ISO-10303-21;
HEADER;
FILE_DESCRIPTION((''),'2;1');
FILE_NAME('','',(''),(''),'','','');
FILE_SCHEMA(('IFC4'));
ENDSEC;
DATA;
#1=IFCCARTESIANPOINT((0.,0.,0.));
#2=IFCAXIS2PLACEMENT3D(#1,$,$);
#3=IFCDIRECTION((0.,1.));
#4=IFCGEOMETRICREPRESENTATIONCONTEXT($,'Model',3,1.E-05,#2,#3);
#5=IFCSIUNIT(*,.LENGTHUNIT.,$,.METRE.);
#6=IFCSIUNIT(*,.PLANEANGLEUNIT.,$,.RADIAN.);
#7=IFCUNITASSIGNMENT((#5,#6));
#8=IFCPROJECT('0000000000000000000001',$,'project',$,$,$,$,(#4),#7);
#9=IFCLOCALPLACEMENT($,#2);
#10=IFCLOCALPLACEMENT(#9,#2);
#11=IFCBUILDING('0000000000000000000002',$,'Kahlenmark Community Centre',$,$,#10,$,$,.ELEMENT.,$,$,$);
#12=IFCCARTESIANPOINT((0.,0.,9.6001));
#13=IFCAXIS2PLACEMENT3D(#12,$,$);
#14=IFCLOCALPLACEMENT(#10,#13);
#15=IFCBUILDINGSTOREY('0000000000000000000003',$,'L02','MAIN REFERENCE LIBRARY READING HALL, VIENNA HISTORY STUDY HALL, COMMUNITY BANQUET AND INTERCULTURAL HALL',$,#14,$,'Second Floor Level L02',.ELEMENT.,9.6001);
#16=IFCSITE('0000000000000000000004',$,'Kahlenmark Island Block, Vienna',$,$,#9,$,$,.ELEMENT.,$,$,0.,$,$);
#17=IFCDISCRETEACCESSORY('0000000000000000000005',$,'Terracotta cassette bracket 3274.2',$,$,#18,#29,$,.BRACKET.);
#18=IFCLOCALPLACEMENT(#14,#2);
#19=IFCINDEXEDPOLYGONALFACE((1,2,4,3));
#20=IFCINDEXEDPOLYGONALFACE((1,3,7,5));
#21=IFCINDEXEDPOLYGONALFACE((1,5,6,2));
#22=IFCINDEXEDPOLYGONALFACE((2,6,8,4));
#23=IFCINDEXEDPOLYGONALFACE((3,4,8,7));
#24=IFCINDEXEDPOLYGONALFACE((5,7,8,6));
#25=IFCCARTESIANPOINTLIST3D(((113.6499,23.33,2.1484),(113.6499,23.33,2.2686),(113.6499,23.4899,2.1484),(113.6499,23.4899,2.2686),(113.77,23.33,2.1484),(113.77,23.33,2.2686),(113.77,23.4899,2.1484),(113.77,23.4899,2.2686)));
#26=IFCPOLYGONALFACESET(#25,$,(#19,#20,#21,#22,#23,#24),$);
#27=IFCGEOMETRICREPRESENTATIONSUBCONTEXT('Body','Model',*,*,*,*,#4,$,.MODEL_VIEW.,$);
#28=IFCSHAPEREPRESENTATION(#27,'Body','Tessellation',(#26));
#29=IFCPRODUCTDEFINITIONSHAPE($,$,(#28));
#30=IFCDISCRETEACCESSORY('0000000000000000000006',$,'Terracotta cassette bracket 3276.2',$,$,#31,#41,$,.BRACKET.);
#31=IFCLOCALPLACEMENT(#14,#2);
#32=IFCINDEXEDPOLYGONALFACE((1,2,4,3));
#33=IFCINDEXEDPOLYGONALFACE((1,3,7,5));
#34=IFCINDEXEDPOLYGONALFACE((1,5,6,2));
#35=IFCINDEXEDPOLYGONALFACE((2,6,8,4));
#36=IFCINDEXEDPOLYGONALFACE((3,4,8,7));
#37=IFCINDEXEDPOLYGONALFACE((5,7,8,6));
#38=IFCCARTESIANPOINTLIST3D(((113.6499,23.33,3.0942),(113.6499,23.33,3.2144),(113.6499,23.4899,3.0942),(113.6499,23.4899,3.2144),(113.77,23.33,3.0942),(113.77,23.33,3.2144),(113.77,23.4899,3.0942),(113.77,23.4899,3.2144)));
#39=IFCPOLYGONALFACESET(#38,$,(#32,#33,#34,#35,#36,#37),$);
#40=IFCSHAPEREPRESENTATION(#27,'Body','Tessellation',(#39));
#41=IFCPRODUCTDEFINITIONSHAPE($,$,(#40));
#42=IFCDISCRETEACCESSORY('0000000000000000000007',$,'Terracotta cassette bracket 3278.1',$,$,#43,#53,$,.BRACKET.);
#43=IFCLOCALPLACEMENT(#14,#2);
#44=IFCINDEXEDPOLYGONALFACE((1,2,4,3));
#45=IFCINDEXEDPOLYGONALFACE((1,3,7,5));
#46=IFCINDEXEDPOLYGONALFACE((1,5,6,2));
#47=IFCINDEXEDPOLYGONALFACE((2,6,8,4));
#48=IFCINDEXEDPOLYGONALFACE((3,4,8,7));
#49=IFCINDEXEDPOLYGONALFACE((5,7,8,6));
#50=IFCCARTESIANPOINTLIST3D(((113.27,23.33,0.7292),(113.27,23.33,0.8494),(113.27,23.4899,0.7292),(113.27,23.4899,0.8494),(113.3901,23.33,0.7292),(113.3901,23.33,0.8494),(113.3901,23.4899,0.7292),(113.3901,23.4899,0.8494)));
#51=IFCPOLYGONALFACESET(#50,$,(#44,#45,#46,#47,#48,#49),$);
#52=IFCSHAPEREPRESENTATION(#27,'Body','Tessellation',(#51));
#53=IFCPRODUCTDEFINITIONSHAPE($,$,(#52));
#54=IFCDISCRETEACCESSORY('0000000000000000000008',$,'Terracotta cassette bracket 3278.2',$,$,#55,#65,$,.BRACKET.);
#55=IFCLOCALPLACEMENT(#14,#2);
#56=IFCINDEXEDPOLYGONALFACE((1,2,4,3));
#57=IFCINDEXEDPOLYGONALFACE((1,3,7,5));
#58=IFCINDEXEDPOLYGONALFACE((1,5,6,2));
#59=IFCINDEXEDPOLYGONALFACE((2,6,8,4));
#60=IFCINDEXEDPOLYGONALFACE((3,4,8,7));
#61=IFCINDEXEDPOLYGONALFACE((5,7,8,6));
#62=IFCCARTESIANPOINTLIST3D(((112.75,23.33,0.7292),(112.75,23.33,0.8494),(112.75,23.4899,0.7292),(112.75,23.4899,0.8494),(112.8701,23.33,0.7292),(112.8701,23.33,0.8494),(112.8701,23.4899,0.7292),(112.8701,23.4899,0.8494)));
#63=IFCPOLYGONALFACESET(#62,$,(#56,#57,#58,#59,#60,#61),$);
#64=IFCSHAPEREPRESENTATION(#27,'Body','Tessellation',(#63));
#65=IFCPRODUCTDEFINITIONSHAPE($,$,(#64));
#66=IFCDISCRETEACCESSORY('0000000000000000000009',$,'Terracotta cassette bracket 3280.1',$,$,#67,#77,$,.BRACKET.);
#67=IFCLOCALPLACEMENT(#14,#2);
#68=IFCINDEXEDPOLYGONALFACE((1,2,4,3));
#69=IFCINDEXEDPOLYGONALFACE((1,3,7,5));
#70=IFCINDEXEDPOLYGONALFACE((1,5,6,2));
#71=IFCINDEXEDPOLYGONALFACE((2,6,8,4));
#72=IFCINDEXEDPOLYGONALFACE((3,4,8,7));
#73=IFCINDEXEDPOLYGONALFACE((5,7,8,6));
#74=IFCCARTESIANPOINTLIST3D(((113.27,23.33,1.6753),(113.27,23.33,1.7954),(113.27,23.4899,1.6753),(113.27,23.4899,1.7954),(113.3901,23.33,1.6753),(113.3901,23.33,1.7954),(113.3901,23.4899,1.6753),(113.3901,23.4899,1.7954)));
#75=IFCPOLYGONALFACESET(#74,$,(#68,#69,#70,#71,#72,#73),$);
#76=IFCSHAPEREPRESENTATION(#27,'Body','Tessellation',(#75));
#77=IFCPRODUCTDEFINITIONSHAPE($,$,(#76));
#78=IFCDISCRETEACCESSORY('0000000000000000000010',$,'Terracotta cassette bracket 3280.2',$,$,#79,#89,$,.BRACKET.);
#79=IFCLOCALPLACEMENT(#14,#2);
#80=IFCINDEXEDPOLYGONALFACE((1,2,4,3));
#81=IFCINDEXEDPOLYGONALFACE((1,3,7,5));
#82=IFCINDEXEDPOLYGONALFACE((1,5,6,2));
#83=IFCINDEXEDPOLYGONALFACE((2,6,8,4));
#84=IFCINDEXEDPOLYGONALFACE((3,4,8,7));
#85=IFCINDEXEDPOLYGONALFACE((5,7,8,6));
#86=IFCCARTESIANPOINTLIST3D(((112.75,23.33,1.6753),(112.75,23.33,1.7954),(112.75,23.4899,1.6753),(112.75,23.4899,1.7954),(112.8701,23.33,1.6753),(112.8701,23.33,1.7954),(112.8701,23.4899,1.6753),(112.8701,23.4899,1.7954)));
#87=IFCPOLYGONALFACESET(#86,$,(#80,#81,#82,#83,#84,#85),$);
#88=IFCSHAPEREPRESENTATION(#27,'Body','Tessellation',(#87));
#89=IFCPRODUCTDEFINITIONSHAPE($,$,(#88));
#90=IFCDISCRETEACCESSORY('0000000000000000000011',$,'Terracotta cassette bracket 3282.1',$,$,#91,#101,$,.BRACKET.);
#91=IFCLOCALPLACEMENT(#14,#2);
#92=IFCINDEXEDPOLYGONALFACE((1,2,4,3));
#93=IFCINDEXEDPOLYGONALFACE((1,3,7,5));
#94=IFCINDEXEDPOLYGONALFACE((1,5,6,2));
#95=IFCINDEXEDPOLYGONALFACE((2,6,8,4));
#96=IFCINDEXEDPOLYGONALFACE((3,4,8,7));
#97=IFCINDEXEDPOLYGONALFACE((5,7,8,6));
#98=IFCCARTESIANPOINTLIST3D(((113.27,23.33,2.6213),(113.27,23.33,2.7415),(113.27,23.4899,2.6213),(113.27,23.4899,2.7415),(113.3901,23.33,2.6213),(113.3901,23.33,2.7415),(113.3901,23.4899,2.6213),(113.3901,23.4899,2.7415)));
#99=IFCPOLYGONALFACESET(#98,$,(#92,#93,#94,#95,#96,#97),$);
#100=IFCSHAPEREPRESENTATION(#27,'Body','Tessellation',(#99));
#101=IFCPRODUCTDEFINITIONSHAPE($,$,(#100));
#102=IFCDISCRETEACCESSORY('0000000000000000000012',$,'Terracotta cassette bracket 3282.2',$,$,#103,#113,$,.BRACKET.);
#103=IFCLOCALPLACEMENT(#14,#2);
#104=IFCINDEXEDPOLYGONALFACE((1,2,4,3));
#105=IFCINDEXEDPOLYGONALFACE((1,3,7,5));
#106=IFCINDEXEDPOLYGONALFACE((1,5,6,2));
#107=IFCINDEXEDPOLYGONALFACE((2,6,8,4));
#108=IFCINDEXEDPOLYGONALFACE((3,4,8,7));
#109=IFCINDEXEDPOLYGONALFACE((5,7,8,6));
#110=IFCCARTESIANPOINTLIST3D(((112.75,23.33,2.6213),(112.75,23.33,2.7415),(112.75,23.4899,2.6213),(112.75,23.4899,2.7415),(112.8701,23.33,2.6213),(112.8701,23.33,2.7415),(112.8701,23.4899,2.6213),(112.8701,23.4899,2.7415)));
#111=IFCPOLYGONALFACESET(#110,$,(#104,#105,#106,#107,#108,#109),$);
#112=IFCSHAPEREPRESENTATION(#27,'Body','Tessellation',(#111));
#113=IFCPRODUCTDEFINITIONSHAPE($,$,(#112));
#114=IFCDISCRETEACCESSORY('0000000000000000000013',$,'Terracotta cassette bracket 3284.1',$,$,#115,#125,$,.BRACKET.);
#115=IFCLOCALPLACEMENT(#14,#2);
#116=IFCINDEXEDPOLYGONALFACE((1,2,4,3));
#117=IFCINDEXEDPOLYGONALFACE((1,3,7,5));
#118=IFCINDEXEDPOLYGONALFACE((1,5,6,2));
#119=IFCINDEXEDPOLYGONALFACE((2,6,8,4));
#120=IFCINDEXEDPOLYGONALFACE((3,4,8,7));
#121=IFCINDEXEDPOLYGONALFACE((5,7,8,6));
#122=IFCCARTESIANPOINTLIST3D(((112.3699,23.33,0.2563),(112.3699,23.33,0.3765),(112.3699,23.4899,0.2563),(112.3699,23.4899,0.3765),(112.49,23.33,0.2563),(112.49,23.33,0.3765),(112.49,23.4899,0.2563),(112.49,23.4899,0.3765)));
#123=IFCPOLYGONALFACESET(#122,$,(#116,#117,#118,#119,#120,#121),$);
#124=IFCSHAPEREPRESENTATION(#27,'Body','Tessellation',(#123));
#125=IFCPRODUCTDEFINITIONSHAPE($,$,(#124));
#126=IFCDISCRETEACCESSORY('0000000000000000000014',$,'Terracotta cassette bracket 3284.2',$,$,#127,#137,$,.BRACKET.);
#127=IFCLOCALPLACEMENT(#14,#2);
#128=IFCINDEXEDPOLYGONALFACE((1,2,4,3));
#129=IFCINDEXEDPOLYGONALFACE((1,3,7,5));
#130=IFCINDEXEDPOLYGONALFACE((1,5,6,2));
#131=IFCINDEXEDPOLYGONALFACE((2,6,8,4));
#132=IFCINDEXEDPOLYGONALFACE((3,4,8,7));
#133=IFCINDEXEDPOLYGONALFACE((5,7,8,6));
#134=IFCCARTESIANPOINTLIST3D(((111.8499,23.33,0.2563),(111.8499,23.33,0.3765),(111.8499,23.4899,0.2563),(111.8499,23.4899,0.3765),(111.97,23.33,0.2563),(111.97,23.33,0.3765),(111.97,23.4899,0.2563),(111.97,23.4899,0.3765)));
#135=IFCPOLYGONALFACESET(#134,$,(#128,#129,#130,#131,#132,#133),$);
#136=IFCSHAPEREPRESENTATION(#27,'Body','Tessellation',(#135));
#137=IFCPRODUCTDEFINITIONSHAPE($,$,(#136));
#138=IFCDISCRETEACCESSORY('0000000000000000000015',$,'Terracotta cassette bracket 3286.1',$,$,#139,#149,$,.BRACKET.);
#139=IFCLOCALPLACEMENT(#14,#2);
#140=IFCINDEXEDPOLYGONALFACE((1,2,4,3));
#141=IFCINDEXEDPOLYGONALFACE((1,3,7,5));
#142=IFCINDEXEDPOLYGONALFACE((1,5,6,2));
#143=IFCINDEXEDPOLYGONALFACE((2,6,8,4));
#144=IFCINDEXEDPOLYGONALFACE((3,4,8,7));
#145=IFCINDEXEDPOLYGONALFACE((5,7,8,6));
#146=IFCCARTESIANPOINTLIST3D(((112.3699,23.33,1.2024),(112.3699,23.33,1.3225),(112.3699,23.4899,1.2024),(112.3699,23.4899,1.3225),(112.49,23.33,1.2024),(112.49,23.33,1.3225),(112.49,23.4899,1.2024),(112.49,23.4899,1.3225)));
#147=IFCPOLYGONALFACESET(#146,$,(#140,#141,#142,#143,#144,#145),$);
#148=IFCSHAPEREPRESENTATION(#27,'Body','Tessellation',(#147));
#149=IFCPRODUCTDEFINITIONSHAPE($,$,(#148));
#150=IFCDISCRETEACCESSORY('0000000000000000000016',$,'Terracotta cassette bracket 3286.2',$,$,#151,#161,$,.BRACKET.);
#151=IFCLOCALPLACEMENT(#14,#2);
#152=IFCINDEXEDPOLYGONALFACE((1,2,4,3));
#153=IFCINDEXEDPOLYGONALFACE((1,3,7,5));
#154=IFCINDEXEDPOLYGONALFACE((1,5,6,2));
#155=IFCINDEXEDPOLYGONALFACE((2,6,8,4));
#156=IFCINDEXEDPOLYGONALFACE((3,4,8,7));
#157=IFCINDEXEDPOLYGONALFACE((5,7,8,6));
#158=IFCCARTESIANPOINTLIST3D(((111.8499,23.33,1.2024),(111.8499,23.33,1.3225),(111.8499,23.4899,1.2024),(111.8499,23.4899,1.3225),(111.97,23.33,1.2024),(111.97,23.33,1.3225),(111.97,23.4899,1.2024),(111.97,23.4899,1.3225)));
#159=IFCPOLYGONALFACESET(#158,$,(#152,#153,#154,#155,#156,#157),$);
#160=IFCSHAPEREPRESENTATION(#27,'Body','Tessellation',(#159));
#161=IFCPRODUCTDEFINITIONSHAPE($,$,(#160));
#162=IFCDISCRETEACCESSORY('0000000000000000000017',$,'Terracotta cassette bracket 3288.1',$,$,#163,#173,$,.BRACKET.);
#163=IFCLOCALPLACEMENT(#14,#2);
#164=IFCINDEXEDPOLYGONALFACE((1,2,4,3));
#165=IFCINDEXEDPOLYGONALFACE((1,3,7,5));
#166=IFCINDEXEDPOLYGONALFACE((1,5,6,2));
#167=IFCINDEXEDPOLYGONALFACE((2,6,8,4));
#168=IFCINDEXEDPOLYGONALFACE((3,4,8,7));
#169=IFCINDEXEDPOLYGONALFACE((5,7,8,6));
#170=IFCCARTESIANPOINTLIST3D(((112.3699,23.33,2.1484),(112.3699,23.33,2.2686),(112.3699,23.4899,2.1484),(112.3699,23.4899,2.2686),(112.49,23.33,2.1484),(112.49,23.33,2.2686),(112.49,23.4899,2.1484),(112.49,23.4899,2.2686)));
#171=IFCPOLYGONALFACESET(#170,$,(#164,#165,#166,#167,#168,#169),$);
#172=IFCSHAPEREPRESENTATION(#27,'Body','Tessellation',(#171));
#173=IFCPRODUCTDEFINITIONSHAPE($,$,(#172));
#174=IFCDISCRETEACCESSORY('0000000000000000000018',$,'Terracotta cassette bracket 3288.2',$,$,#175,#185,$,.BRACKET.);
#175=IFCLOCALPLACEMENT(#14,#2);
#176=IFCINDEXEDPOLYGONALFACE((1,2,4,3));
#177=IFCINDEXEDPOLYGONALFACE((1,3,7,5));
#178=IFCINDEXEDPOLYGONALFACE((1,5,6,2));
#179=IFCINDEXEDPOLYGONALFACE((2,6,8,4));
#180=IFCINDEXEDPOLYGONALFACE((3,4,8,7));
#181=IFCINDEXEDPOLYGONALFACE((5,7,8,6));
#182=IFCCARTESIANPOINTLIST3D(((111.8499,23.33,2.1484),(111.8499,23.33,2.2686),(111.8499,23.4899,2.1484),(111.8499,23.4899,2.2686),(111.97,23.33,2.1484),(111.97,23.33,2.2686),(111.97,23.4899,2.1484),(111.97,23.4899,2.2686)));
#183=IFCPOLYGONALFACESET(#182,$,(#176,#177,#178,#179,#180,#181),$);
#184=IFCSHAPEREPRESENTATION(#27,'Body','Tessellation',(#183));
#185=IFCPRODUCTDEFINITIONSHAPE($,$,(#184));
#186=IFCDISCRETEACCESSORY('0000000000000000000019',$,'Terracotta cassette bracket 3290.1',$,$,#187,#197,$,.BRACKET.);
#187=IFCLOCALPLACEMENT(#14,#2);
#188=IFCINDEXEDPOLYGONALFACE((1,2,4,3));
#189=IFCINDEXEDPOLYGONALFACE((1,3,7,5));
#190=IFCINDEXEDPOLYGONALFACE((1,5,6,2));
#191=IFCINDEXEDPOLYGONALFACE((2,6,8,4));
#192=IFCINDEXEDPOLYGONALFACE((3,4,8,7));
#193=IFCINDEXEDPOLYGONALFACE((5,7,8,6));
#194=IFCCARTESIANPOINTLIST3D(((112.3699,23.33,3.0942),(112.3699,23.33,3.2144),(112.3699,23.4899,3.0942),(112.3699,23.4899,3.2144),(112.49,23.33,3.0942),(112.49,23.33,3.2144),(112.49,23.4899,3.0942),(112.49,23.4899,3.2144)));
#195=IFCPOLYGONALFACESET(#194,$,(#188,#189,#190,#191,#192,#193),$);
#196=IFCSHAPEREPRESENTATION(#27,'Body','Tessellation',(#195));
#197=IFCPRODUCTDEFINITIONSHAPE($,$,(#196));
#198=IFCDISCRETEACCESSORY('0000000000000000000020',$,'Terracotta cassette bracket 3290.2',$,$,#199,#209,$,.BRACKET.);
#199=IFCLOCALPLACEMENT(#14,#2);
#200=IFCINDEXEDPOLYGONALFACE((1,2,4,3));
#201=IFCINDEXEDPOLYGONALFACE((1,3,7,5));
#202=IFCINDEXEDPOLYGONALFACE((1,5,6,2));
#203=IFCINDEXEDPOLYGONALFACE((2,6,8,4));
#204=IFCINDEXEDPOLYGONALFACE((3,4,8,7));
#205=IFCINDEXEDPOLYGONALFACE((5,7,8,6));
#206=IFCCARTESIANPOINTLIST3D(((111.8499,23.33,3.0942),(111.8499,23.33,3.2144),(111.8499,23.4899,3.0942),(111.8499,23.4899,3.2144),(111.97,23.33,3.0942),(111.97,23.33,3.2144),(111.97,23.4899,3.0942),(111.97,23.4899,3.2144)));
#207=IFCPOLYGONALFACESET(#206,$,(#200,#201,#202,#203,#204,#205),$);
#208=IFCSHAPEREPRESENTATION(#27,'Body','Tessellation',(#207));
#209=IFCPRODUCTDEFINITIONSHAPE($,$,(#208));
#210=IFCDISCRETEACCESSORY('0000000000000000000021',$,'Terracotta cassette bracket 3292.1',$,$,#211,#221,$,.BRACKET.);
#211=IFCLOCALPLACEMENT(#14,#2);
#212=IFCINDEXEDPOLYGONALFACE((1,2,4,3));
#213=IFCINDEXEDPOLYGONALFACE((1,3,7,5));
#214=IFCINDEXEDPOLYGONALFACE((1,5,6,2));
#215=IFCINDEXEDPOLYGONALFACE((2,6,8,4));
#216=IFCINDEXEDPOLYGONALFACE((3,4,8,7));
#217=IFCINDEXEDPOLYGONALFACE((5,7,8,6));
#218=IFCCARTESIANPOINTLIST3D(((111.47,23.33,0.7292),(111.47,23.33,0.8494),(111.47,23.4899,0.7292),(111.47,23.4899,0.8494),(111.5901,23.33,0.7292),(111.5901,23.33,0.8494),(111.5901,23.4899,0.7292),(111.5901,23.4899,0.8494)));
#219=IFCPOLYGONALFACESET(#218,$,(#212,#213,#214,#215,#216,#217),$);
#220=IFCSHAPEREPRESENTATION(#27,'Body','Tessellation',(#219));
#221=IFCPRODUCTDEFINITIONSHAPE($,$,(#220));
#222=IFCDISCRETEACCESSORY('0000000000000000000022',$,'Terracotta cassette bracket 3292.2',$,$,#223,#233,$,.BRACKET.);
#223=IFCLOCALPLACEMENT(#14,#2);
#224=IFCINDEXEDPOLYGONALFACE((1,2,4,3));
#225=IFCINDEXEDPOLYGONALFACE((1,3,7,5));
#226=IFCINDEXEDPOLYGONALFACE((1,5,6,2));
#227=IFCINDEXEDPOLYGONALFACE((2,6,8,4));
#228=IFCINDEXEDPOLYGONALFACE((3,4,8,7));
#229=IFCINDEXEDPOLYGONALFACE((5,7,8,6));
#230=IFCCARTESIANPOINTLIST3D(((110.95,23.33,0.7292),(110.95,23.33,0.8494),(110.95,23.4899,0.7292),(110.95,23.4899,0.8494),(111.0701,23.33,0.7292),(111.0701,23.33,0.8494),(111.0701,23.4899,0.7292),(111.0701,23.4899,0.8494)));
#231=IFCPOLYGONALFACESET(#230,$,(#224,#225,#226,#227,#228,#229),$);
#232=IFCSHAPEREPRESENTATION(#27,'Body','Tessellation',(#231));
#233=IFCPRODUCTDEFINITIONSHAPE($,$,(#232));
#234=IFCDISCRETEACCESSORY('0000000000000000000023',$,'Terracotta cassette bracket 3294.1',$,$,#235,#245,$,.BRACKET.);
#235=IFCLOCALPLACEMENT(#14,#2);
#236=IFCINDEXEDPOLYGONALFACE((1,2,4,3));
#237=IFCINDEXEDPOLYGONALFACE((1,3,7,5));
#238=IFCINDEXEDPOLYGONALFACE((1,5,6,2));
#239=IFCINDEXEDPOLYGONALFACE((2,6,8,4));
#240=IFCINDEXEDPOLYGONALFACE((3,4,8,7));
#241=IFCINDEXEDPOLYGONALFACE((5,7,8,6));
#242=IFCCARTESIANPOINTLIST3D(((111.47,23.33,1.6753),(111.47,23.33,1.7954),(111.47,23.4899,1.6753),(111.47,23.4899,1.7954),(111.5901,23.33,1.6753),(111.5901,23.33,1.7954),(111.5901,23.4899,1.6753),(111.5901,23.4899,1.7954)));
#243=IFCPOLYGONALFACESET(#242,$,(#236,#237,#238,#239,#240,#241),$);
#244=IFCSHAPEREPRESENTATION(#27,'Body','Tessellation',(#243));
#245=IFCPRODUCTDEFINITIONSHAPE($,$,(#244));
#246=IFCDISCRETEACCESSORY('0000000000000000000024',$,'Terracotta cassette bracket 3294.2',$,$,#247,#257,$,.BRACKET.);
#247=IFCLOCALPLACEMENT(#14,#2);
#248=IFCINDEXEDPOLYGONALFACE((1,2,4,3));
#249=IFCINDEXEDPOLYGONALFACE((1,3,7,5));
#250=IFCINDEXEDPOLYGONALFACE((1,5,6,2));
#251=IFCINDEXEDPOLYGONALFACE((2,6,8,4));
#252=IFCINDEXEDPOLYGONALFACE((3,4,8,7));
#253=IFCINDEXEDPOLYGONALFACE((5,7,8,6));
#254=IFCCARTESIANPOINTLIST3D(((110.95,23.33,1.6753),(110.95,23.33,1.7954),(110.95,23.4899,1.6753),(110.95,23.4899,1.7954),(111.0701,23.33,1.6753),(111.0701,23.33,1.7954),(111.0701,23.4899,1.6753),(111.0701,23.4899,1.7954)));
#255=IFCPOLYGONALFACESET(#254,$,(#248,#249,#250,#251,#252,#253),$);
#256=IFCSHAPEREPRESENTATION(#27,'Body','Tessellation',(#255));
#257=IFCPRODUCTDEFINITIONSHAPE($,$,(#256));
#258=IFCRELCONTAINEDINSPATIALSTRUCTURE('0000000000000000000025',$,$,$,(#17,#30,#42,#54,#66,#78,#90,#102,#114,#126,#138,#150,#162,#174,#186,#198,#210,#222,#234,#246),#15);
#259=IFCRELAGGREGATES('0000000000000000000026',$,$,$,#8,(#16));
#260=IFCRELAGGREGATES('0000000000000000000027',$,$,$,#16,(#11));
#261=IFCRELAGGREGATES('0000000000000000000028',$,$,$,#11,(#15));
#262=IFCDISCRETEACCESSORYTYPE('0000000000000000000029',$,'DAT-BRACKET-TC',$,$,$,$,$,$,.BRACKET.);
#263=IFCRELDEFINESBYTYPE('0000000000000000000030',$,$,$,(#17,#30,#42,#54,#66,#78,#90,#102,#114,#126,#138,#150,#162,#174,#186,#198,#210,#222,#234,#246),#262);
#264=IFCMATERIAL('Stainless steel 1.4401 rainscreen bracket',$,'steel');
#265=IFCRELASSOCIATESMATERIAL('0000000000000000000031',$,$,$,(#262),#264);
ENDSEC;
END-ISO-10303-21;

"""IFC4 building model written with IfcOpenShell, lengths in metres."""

from ifc_helpers import new_model, si_unit, direction, frame, origin, origin_2d, place, context, subcontext, project, spatial, rectangle, extrude, material, type_object, element, save


model = new_model("IFC4")

# Units and contexts
model_context = context("Model", 3, precision=1e-05, world=origin(), true_north=direction((0.0, 1.0)))
body_context = subcontext(model_context, "Body", "Model", "MODEL_VIEW")
ifc_project = project(units=[si_unit("LENGTHUNIT", "METRE"), si_unit("PLANEANGLEUNIT", "RADIAN")], contexts=[model_context])

# Site, building, storey
site_placement = place(None, origin())
site = spatial("IfcSite", under=ifc_project, at=site_placement, Name="Kahlenmark Island Block, Vienna", CompositionType="ELEMENT", RefElevation=0.0)
building_placement = place(site_placement, origin())
building = spatial("IfcBuilding", under=site, at=building_placement, Name="Kahlenmark Community Centre", CompositionType="ELEMENT")
storey_placement = place(building_placement, frame((0.0, 0.0, 9.6001)))
storey = spatial("IfcBuildingStorey", under=building, at=storey_placement, Name="L02", Description="MAIN REFERENCE LIBRARY READING HALL, VIENNA HISTORY STUDY HALL, COMMUNITY BANQUET AND INTERCULTURAL HALL", LongName="Second Floor Level L02", CompositionType="ELEMENT", Elevation=9.6001)

# Discrete accessories
ifc_material_1 = material(Name="Stainless steel 1.4401 rainscreen bracket", Category="steel")
discrete_accessory_type = type_object("IfcDiscreteAccessoryType", Name="DAT-BRACKET-TC", PredefinedType="BRACKET", material=ifc_material_1)
for number, where, z_axis, x_axis, name in (
    (1, (113.71, 23.4099, 2.1484), (0.0, 0.0, 1.0), (-1.0, 0.0, 0.0), "Terracotta cassette bracket 3274.2"),
    (2, (113.71, 23.4099, 3.0942), (0.0, 0.0, 1.0), (-1.0, 0.0, 0.0), "Terracotta cassette bracket 3276.2"),
    (3, (113.3301, 23.4099, 0.7292), (0.0, 0.0, 1.0), (-1.0, 0.0, 0.0), "Terracotta cassette bracket 3278.1"),
    (4, (112.8101, 23.4099, 0.7292), (0.0, 0.0, 1.0), (-1.0, 0.0, 0.0), "Terracotta cassette bracket 3278.2"),
    (5, (113.3301, 23.4099, 1.6753), (0.0, 0.0, 1.0), (-1.0, 0.0, 0.0), "Terracotta cassette bracket 3280.1"),
    (6, (112.8101, 23.4099, 1.6753), (0.0, 0.0, 1.0), (-1.0, 0.0, 0.0), "Terracotta cassette bracket 3280.2"),
    (7, (113.3301, 23.4099, 2.6213), (0.0, 0.0, 1.0), (-1.0, 0.0, 0.0), "Terracotta cassette bracket 3282.1"),
    (8, (112.8101, 23.4099, 2.6213), (0.0, 0.0, 1.0), (-1.0, 0.0, 0.0), "Terracotta cassette bracket 3282.2"),
    (9, (112.4299, 23.4099, 0.2563), (0.0, 0.0, 1.0), (-1.0, 0.0, 0.0), "Terracotta cassette bracket 3284.1"),
    (10, (111.9099, 23.4099, 0.2563), (0.0, 0.0, 1.0), (-1.0, 0.0, 0.0), "Terracotta cassette bracket 3284.2"),
    (11, (112.4299, 23.4099, 1.2024), (0.0, 0.0, 1.0), (-1.0, 0.0, 0.0), "Terracotta cassette bracket 3286.1"),
    (12, (111.9099, 23.4099, 1.2024), (0.0, 0.0, 1.0), (-1.0, 0.0, 0.0), "Terracotta cassette bracket 3286.2"),
    (13, (112.4299, 23.4099, 2.1484), (0.0, 0.0, 1.0), (-1.0, 0.0, 0.0), "Terracotta cassette bracket 3288.1"),
    (14, (111.9099, 23.4099, 2.1484), (0.0, 0.0, 1.0), (-1.0, 0.0, 0.0), "Terracotta cassette bracket 3288.2"),
    (15, (112.4299, 23.4099, 3.0942), (0.0, 0.0, 1.0), (-1.0, 0.0, 0.0), "Terracotta cassette bracket 3290.1"),
    (16, (111.9099, 23.4099, 3.0942), (0.0, 0.0, 1.0), (-1.0, 0.0, 0.0), "Terracotta cassette bracket 3290.2"),
    (17, (111.53, 23.4099, 0.7292), (0.0, 0.0, 1.0), (-1.0, 0.0, 0.0), "Terracotta cassette bracket 3292.1"),
    (18, (111.01, 23.4099, 0.7292), (0.0, 0.0, 1.0), (-1.0, 0.0, 0.0), "Terracotta cassette bracket 3292.2"),
    (19, (111.53, 23.4099, 1.6753), (0.0, 0.0, 1.0), (-1.0, 0.0, 0.0), "Terracotta cassette bracket 3294.1"),
    (20, (111.01, 23.4099, 1.6753), (0.0, 0.0, 1.0), (-1.0, 0.0, 0.0), "Terracotta cassette bracket 3294.2"),
):
    element("IfcDiscreteAccessory", number, at=place(storey_placement, frame(where, z_axis=z_axis, x_axis=x_axis)), inside=storey, type_object=discrete_accessory_type, Name=name, PredefinedType="BRACKET", context=body_context, shape_type="SweptSolid", body=[
        extrude(rectangle(XDim=0.1201, YDim=0.1599, at=origin_2d()), origin(), (0.0, 0.0, 1.0), 0.1201),
    ])

save(model, "model.ifc")
